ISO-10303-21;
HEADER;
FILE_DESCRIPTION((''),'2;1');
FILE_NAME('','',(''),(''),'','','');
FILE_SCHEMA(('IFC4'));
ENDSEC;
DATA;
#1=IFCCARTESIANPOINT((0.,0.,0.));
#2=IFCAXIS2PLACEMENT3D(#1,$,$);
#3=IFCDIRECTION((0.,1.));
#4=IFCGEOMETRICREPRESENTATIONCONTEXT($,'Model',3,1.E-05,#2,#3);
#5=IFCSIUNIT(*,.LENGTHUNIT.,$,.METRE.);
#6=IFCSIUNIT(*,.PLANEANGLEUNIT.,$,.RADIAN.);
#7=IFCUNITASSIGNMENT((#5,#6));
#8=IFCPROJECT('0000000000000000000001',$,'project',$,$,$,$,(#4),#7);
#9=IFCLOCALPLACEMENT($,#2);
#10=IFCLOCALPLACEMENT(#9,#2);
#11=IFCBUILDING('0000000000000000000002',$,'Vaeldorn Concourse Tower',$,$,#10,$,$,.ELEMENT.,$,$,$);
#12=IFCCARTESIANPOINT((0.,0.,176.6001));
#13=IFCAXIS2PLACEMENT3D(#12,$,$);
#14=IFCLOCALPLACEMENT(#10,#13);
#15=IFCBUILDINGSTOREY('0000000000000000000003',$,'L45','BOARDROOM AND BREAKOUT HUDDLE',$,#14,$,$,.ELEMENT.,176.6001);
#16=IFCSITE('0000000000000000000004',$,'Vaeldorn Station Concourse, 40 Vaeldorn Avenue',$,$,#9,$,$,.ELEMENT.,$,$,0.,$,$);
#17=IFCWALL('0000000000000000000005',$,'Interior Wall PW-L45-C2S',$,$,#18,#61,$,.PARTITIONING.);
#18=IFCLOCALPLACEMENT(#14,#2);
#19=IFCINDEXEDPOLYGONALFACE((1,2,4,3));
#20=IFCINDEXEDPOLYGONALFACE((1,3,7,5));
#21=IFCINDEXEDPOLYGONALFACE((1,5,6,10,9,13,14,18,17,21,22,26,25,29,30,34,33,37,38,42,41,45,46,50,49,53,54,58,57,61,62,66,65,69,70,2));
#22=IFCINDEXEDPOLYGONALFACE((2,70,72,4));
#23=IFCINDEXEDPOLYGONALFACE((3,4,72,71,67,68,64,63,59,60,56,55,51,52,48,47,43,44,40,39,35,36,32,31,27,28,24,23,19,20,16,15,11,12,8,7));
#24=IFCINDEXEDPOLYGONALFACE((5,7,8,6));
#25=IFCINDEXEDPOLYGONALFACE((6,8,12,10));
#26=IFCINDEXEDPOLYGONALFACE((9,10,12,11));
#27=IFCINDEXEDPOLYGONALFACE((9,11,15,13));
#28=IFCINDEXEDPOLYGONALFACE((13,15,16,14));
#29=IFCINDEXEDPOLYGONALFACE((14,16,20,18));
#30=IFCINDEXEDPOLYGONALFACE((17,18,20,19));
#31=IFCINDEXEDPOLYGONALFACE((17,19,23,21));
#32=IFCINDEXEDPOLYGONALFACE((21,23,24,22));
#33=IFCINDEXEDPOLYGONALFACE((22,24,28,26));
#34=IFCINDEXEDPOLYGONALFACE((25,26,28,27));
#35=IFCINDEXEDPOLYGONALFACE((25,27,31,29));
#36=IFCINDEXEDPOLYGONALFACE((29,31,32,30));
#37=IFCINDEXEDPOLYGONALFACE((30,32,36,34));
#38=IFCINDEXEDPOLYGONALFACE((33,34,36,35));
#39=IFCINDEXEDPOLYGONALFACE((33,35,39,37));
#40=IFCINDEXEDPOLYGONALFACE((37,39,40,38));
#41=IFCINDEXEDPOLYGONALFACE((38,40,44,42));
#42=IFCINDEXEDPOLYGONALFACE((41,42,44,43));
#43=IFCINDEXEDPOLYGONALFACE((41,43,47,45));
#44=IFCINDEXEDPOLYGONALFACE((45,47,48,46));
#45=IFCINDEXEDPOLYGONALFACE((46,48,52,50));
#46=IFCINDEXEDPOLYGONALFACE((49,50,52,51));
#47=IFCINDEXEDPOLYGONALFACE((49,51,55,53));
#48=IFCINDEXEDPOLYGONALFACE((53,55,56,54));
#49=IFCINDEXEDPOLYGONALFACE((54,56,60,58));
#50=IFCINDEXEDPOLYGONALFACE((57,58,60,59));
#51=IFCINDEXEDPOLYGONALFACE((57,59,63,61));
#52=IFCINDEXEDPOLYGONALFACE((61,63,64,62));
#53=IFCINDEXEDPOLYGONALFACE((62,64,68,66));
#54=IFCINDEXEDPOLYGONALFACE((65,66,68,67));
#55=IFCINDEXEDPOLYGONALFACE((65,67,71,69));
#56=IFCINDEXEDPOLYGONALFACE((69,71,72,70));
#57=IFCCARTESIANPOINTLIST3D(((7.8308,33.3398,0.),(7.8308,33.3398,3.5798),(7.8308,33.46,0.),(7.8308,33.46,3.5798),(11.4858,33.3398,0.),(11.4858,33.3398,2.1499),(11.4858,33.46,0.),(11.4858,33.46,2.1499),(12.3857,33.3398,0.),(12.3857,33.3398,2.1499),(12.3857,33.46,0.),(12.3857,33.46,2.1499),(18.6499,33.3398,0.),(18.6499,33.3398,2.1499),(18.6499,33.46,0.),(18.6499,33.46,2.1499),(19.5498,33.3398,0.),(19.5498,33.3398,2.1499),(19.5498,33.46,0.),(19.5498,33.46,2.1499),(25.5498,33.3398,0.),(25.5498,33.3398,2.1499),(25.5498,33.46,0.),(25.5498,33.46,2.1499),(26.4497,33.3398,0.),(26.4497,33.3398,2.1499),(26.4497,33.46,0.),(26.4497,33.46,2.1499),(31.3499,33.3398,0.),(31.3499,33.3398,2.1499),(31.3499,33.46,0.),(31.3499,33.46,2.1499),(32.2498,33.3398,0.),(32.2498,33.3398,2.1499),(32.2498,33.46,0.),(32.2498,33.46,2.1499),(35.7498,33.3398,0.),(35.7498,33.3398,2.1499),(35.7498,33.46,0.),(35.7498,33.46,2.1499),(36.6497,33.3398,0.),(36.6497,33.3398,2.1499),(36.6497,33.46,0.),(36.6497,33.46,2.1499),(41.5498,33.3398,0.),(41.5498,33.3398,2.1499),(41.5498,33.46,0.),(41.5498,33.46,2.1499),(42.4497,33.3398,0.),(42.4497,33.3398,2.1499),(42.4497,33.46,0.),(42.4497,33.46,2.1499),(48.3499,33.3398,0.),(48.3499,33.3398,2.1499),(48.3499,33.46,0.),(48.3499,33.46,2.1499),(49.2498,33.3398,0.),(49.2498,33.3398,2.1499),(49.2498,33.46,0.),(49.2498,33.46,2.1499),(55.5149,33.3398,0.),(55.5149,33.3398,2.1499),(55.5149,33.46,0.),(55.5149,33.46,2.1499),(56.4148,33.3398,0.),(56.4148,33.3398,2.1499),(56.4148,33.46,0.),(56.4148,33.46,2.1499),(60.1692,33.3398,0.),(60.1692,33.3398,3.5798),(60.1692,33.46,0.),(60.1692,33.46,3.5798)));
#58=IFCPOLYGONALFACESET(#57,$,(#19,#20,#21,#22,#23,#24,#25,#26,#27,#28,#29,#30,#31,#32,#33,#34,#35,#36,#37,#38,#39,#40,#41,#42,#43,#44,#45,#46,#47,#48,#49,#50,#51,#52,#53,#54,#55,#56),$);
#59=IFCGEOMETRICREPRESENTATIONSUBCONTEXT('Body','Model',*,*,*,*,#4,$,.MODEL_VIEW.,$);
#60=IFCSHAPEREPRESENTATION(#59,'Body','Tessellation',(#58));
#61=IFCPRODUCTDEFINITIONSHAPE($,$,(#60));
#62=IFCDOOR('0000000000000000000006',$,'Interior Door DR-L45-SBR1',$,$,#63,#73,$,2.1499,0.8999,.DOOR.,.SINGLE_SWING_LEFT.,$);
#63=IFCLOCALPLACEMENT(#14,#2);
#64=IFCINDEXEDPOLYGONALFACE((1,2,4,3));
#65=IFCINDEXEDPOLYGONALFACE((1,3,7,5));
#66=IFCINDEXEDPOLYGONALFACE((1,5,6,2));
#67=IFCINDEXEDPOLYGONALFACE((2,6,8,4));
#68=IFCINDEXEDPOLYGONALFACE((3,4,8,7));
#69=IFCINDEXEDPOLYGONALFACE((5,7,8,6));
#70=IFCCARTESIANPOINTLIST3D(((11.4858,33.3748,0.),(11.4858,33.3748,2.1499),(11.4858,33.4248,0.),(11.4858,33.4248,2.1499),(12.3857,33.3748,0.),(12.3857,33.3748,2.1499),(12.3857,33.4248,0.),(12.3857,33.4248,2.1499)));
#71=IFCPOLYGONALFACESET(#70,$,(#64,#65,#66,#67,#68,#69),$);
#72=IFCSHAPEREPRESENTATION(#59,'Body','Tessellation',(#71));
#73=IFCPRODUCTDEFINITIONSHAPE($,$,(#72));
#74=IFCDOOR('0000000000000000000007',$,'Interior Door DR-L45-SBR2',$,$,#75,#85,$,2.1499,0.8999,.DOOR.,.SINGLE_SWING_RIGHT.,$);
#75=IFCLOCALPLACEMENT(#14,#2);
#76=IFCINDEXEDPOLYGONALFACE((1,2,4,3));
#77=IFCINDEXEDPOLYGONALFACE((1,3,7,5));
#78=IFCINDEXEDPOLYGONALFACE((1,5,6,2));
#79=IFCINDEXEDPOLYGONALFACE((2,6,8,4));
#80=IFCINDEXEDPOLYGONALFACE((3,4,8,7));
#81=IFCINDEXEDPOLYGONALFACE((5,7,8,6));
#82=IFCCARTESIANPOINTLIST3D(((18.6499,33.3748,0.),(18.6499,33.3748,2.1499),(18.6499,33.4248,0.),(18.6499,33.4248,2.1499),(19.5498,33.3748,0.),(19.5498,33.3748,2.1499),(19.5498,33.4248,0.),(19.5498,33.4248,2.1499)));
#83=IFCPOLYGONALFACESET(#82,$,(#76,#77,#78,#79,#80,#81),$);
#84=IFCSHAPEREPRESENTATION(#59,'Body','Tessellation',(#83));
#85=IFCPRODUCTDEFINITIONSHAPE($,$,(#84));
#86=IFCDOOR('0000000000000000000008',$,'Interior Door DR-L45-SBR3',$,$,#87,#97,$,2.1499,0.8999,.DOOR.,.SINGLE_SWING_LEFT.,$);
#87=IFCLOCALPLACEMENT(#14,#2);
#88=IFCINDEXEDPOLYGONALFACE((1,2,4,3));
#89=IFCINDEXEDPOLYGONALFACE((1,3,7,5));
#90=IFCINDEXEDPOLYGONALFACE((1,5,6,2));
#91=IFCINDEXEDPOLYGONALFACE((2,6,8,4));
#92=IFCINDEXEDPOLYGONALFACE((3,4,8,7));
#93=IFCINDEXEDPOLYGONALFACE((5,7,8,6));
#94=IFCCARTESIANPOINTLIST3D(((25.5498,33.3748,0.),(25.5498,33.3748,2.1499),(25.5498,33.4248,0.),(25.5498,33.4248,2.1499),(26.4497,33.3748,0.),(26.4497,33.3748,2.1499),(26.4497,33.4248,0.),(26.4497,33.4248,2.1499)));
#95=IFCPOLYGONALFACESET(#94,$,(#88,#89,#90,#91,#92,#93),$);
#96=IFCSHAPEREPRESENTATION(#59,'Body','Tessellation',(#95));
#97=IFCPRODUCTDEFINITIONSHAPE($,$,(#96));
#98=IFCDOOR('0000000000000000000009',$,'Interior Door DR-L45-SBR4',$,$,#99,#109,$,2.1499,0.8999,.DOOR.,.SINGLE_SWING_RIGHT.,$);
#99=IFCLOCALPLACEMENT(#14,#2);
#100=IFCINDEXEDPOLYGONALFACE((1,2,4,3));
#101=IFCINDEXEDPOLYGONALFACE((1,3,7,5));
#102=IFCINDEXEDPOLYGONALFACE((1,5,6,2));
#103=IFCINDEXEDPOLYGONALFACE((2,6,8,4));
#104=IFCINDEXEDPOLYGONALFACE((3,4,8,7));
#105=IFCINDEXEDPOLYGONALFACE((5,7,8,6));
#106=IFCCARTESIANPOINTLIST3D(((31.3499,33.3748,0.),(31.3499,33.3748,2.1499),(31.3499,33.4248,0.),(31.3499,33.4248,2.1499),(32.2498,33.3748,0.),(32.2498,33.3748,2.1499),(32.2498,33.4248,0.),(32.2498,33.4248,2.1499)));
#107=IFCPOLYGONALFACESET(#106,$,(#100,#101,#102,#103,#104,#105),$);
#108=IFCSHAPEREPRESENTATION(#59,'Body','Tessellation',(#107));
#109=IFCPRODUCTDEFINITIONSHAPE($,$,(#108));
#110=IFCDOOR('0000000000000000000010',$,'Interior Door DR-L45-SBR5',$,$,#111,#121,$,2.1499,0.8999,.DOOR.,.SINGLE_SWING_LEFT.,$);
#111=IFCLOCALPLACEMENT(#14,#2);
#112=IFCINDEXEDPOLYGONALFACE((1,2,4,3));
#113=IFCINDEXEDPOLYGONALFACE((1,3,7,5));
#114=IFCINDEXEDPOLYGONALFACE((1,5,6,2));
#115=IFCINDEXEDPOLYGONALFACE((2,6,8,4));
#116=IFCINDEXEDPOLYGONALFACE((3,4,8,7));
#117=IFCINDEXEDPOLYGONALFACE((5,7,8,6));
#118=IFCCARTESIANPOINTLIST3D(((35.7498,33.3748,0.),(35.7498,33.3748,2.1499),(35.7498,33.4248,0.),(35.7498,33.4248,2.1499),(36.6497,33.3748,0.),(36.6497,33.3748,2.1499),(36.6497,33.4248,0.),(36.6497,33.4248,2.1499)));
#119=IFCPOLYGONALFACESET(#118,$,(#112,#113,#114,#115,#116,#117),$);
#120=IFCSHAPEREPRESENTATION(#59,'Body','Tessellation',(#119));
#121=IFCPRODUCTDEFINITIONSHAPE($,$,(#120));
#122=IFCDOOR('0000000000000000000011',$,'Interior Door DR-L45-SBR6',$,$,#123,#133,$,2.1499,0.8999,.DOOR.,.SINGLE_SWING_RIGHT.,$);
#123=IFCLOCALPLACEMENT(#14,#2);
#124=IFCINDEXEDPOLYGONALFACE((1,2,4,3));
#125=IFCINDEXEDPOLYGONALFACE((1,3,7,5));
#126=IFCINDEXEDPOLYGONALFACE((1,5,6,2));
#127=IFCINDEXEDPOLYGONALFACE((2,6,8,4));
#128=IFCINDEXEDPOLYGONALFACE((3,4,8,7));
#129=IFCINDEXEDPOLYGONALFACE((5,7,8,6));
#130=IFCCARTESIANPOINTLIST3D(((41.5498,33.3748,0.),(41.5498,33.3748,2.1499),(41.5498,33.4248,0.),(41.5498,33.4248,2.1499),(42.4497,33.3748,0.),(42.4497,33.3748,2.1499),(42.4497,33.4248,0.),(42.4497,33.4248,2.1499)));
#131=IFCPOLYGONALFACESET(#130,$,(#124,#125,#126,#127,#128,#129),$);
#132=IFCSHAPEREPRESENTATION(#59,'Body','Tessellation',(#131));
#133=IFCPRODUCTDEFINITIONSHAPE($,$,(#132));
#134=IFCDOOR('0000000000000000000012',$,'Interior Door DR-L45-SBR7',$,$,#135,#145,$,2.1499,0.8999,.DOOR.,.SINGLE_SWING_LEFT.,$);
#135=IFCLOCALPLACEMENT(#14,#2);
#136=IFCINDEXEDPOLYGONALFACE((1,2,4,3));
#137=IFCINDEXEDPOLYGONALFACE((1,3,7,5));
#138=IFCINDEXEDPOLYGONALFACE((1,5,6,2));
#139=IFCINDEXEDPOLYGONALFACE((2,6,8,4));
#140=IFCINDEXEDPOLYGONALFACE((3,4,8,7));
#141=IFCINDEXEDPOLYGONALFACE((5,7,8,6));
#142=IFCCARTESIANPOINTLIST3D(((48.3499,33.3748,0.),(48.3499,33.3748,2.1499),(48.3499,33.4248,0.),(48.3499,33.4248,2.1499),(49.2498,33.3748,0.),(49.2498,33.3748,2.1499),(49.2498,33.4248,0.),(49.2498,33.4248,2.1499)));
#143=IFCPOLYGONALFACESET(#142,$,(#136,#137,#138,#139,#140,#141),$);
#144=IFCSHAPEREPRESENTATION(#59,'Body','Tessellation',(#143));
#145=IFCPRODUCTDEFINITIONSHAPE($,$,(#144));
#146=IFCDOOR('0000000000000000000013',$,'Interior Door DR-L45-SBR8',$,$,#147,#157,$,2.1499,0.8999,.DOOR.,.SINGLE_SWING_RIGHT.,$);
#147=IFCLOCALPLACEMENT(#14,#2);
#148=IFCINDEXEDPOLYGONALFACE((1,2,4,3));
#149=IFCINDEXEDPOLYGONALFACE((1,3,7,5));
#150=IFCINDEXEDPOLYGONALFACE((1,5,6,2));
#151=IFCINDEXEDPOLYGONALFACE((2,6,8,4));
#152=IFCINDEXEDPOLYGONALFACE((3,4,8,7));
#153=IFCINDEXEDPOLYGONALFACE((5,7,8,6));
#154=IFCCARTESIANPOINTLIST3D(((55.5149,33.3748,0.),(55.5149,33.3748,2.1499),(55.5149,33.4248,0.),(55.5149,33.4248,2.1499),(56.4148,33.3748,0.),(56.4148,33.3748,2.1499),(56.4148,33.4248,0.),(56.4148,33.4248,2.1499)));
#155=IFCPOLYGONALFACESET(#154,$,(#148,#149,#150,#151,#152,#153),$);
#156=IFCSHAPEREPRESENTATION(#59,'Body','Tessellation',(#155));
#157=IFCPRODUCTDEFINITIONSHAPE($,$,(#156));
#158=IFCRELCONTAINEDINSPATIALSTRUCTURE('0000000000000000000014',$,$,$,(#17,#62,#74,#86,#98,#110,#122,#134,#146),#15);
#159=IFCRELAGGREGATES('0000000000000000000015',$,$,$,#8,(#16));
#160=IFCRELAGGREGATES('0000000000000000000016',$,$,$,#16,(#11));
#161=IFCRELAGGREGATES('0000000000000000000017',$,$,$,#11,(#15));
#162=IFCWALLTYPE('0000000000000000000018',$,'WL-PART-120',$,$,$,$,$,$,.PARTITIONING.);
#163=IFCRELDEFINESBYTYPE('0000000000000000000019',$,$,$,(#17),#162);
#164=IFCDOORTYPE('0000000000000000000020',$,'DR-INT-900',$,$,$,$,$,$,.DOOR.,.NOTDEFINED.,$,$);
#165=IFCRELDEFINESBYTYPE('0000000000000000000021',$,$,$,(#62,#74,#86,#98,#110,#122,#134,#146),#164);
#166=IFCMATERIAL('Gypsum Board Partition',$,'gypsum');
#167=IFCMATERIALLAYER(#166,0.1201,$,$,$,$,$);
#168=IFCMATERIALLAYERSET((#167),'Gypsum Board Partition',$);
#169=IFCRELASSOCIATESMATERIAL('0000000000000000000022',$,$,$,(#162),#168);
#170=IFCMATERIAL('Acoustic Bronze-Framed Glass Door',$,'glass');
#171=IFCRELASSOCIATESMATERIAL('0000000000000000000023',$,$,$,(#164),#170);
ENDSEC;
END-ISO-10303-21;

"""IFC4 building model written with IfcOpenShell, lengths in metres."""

from ifc_helpers import new_model, si_unit, direction, frame, frame_2d, origin, place, context, subcontext, project, spatial, rectangle, extrude, source, transform, mapped, material, layer, layer_set, type_object, element, fill, save


model = new_model("IFC4")

# Units and contexts
model_context = context("Model", 3, precision=1e-05, world=origin(), true_north=direction((0.0, 1.0)))
body_context = subcontext(model_context, "Body", "Model", "MODEL_VIEW")
ifc_project = project(units=[si_unit("LENGTHUNIT", "METRE"), si_unit("PLANEANGLEUNIT", "RADIAN")], contexts=[model_context])

# Site, building, storey
site_placement = place(None, origin())
site = spatial("IfcSite", under=ifc_project, at=site_placement, Name="Vaeldorn Station Concourse, 40 Vaeldorn Avenue", CompositionType="ELEMENT", RefElevation=0.0)
building_placement = place(site_placement, origin())
building = spatial("IfcBuilding", under=site, at=building_placement, Name="Vaeldorn Concourse Tower", CompositionType="ELEMENT")
storey_placement = place(building_placement, frame((0.0, 0.0, 176.6001)))
storey = spatial("IfcBuildingStorey", under=building, at=storey_placement, Name="L45", Description="BOARDROOM AND BREAKOUT HUDDLE", CompositionType="ELEMENT", Elevation=176.6001)

# Wall, openings, doors
ifc_material_1 = material(Name="Gypsum Board Partition", Category="gypsum")
ifc_layer_1 = layer(ifc_material_1, 0.1201)
ifc_layer_set_1 = layer_set([ifc_layer_1], Name="Gypsum Board Partition")
wall_type = type_object("IfcWallType", Name="WL-PART-120", PredefinedType="PARTITIONING", material=ifc_layer_set_1)
wall_placement = place(storey_placement, frame((7.8308, 33.3999, 0.0), z_axis=(0.0, 0.0, 1.0), x_axis=(1.0, 0.0, 0.0)))
wall = element("IfcWall", 1, at=wall_placement, inside=storey, type_object=wall_type, Name="Interior Wall PW-L45-C2S", PredefinedType="PARTITIONING", context=body_context, shape_type="SweptSolid", body=[
    extrude(rectangle(XDim=52.3384, YDim=0.1201, at=frame_2d((26.1692, 0.0))), origin(), (0.0, 0.0, 1.0), 3.5798),
])
opening_1_placement = place(wall_placement, frame((3.655, 0.0, 0.0)))
opening_1 = element("IfcOpeningElement", 2, at=opening_1_placement, cuts=wall, PredefinedType="OPENING", context=body_context, shape_type="SweptSolid", body=[
    extrude(rectangle(XDim=0.8999, YDim=2.1499, at=frame_2d((0.45, 1.075))), frame((0.0, 0.0701, 0.0), z_axis=(0.0, -1.0, 0.0), x_axis=(1.0, 0.0, 0.0)), (0.0, 0.0, 1.0), 0.1401),
])
opening_2_placement = place(wall_placement, frame((10.8191, 0.0, 0.0)))
opening_2 = element("IfcOpeningElement", 3, at=opening_2_placement, cuts=wall, PredefinedType="OPENING", context=body_context, shape_type="SweptSolid", body=[
    extrude(rectangle(XDim=0.8999, YDim=2.1499, at=frame_2d((0.45, 1.075))), frame((0.0, 0.0701, 0.0), z_axis=(0.0, -1.0, 0.0), x_axis=(1.0, 0.0, 0.0)), (0.0, 0.0, 1.0), 0.1401),
])
opening_3_placement = place(wall_placement, frame((17.719, 0.0, 0.0)))
opening_3 = element("IfcOpeningElement", 4, at=opening_3_placement, cuts=wall, PredefinedType="OPENING", context=body_context, shape_type="SweptSolid", body=[
    extrude(rectangle(XDim=0.8999, YDim=2.1499, at=frame_2d((0.45, 1.075))), frame((0.0, 0.0701, 0.0), z_axis=(0.0, -1.0, 0.0), x_axis=(1.0, 0.0, 0.0)), (0.0, 0.0, 1.0), 0.1401),
])
opening_4_placement = place(wall_placement, frame((23.519, 0.0, 0.0)))
opening_4 = element("IfcOpeningElement", 5, at=opening_4_placement, cuts=wall, PredefinedType="OPENING", context=body_context, shape_type="SweptSolid", body=[
    extrude(rectangle(XDim=0.8999, YDim=2.1499, at=frame_2d((0.45, 1.075))), frame((0.0, 0.0701, 0.0), z_axis=(0.0, -1.0, 0.0), x_axis=(1.0, 0.0, 0.0)), (0.0, 0.0, 1.0), 0.1401),
])
opening_5_placement = place(wall_placement, frame((27.9189, 0.0, 0.0)))
opening_5 = element("IfcOpeningElement", 6, at=opening_5_placement, cuts=wall, PredefinedType="OPENING", context=body_context, shape_type="SweptSolid", body=[
    extrude(rectangle(XDim=0.8999, YDim=2.1499, at=frame_2d((0.45, 1.075))), frame((0.0, 0.0701, 0.0), z_axis=(0.0, -1.0, 0.0), x_axis=(1.0, 0.0, 0.0)), (0.0, 0.0, 1.0), 0.1401),
])
opening_6_placement = place(wall_placement, frame((33.719, 0.0, 0.0)))
opening_6 = element("IfcOpeningElement", 7, at=opening_6_placement, cuts=wall, PredefinedType="OPENING", context=body_context, shape_type="SweptSolid", body=[
    extrude(rectangle(XDim=0.8999, YDim=2.1499, at=frame_2d((0.45, 1.075))), frame((0.0, 0.0701, 0.0), z_axis=(0.0, -1.0, 0.0), x_axis=(1.0, 0.0, 0.0)), (0.0, 0.0, 1.0), 0.1401),
])
opening_7_placement = place(wall_placement, frame((40.519, 0.0, 0.0)))
opening_7 = element("IfcOpeningElement", 8, at=opening_7_placement, cuts=wall, PredefinedType="OPENING", context=body_context, shape_type="SweptSolid", body=[
    extrude(rectangle(XDim=0.8999, YDim=2.1499, at=frame_2d((0.45, 1.075))), frame((0.0, 0.0701, 0.0), z_axis=(0.0, -1.0, 0.0), x_axis=(1.0, 0.0, 0.0)), (0.0, 0.0, 1.0), 0.1401),
])
opening_8_placement = place(wall_placement, frame((47.6841, 0.0, 0.0)))
opening_8 = element("IfcOpeningElement", 9, at=opening_8_placement, cuts=wall, PredefinedType="OPENING", context=body_context, shape_type="SweptSolid", body=[
    extrude(rectangle(XDim=0.8999, YDim=2.1499, at=frame_2d((0.45, 1.075))), frame((0.0, 0.0701, 0.0), z_axis=(0.0, -1.0, 0.0), x_axis=(1.0, 0.0, 0.0)), (0.0, 0.0, 1.0), 0.1401),
])
ifc_material_2 = material(Name="Acoustic Bronze-Framed Glass Door", Category="glass")
door_type = type_object("IfcDoorType", Name="DR-INT-900", OperationType="NOTDEFINED", PredefinedType="DOOR", material=ifc_material_2)
shared_shape_1 = source(origin(), body_context, "Body", "SweptSolid", [
    extrude(rectangle(XDim=0.8999, YDim=2.1499, at=frame_2d((0.45, 1.075))), frame((0.0, 0.0249, 0.0), z_axis=(0.0, -1.0, 0.0), x_axis=(1.0, 0.0, 0.0)), (0.0, 0.0, 1.0), 0.05),
])
door_1_placement = place(opening_1_placement, origin())
door_1 = element("IfcDoor", 10, at=door_1_placement, inside=storey, type_object=door_type, Name="Interior Door DR-L45-SBR1", OperationType="SINGLE_SWING_LEFT", OverallHeight=2.1499, OverallWidth=0.8999, PredefinedType="DOOR", context=body_context, shape_type="MappedRepresentation", body=[
    mapped(shared_shape_1, transform((0.0, 0.0, 0.0), scale=1.0)),
])
fill(opening_1, door_1)
door_2_placement = place(opening_2_placement, origin())
door_2 = element("IfcDoor", 11, at=door_2_placement, inside=storey, type_object=door_type, Name="Interior Door DR-L45-SBR2", OperationType="SINGLE_SWING_RIGHT", OverallHeight=2.1499, OverallWidth=0.8999, PredefinedType="DOOR", context=body_context, shape_type="MappedRepresentation", body=[
    mapped(shared_shape_1, transform((0.0, 0.0, 0.0), scale=1.0)),
])
fill(opening_2, door_2)
door_3_placement = place(opening_3_placement, origin())
door_3 = element("IfcDoor", 12, at=door_3_placement, inside=storey, type_object=door_type, Name="Interior Door DR-L45-SBR3", OperationType="SINGLE_SWING_LEFT", OverallHeight=2.1499, OverallWidth=0.8999, PredefinedType="DOOR", context=body_context, shape_type="MappedRepresentation", body=[
    mapped(shared_shape_1, transform((0.0, 0.0, 0.0), scale=1.0)),
])
fill(opening_3, door_3)
door_4_placement = place(opening_4_placement, origin())
door_4 = element("IfcDoor", 13, at=door_4_placement, inside=storey, type_object=door_type, Name="Interior Door DR-L45-SBR4", OperationType="SINGLE_SWING_RIGHT", OverallHeight=2.1499, OverallWidth=0.8999, PredefinedType="DOOR", context=body_context, shape_type="MappedRepresentation", body=[
    mapped(shared_shape_1, transform((0.0, 0.0, 0.0), scale=1.0)),
])
fill(opening_4, door_4)
door_5_placement = place(opening_5_placement, origin())
door_5 = element("IfcDoor", 14, at=door_5_placement, inside=storey, type_object=door_type, Name="Interior Door DR-L45-SBR5", OperationType="SINGLE_SWING_LEFT", OverallHeight=2.1499, OverallWidth=0.8999, PredefinedType="DOOR", context=body_context, shape_type="MappedRepresentation", body=[
    mapped(shared_shape_1, transform((0.0, 0.0, 0.0), scale=1.0)),
])
fill(opening_5, door_5)
door_6_placement = place(opening_6_placement, origin())
door_6 = element("IfcDoor", 15, at=door_6_placement, inside=storey, type_object=door_type, Name="Interior Door DR-L45-SBR6", OperationType="SINGLE_SWING_RIGHT", OverallHeight=2.1499, OverallWidth=0.8999, PredefinedType="DOOR", context=body_context, shape_type="MappedRepresentation", body=[
    mapped(shared_shape_1, transform((0.0, 0.0, 0.0), scale=1.0)),
])
fill(opening_6, door_6)
door_7_placement = place(opening_7_placement, origin())
door_7 = element("IfcDoor", 16, at=door_7_placement, inside=storey, type_object=door_type, Name="Interior Door DR-L45-SBR7", OperationType="SINGLE_SWING_LEFT", OverallHeight=2.1499, OverallWidth=0.8999, PredefinedType="DOOR", context=body_context, shape_type="MappedRepresentation", body=[
    mapped(shared_shape_1, transform((0.0, 0.0, 0.0), scale=1.0)),
])
fill(opening_7, door_7)
door_8_placement = place(opening_8_placement, origin())
door_8 = element("IfcDoor", 17, at=door_8_placement, inside=storey, type_object=door_type, Name="Interior Door DR-L45-SBR8", OperationType="SINGLE_SWING_RIGHT", OverallHeight=2.1499, OverallWidth=0.8999, PredefinedType="DOOR", context=body_context, shape_type="MappedRepresentation", body=[
    mapped(shared_shape_1, transform((0.0, 0.0, 0.0), scale=1.0)),
])
fill(opening_8, door_8)

save(model, "model.ifc")
